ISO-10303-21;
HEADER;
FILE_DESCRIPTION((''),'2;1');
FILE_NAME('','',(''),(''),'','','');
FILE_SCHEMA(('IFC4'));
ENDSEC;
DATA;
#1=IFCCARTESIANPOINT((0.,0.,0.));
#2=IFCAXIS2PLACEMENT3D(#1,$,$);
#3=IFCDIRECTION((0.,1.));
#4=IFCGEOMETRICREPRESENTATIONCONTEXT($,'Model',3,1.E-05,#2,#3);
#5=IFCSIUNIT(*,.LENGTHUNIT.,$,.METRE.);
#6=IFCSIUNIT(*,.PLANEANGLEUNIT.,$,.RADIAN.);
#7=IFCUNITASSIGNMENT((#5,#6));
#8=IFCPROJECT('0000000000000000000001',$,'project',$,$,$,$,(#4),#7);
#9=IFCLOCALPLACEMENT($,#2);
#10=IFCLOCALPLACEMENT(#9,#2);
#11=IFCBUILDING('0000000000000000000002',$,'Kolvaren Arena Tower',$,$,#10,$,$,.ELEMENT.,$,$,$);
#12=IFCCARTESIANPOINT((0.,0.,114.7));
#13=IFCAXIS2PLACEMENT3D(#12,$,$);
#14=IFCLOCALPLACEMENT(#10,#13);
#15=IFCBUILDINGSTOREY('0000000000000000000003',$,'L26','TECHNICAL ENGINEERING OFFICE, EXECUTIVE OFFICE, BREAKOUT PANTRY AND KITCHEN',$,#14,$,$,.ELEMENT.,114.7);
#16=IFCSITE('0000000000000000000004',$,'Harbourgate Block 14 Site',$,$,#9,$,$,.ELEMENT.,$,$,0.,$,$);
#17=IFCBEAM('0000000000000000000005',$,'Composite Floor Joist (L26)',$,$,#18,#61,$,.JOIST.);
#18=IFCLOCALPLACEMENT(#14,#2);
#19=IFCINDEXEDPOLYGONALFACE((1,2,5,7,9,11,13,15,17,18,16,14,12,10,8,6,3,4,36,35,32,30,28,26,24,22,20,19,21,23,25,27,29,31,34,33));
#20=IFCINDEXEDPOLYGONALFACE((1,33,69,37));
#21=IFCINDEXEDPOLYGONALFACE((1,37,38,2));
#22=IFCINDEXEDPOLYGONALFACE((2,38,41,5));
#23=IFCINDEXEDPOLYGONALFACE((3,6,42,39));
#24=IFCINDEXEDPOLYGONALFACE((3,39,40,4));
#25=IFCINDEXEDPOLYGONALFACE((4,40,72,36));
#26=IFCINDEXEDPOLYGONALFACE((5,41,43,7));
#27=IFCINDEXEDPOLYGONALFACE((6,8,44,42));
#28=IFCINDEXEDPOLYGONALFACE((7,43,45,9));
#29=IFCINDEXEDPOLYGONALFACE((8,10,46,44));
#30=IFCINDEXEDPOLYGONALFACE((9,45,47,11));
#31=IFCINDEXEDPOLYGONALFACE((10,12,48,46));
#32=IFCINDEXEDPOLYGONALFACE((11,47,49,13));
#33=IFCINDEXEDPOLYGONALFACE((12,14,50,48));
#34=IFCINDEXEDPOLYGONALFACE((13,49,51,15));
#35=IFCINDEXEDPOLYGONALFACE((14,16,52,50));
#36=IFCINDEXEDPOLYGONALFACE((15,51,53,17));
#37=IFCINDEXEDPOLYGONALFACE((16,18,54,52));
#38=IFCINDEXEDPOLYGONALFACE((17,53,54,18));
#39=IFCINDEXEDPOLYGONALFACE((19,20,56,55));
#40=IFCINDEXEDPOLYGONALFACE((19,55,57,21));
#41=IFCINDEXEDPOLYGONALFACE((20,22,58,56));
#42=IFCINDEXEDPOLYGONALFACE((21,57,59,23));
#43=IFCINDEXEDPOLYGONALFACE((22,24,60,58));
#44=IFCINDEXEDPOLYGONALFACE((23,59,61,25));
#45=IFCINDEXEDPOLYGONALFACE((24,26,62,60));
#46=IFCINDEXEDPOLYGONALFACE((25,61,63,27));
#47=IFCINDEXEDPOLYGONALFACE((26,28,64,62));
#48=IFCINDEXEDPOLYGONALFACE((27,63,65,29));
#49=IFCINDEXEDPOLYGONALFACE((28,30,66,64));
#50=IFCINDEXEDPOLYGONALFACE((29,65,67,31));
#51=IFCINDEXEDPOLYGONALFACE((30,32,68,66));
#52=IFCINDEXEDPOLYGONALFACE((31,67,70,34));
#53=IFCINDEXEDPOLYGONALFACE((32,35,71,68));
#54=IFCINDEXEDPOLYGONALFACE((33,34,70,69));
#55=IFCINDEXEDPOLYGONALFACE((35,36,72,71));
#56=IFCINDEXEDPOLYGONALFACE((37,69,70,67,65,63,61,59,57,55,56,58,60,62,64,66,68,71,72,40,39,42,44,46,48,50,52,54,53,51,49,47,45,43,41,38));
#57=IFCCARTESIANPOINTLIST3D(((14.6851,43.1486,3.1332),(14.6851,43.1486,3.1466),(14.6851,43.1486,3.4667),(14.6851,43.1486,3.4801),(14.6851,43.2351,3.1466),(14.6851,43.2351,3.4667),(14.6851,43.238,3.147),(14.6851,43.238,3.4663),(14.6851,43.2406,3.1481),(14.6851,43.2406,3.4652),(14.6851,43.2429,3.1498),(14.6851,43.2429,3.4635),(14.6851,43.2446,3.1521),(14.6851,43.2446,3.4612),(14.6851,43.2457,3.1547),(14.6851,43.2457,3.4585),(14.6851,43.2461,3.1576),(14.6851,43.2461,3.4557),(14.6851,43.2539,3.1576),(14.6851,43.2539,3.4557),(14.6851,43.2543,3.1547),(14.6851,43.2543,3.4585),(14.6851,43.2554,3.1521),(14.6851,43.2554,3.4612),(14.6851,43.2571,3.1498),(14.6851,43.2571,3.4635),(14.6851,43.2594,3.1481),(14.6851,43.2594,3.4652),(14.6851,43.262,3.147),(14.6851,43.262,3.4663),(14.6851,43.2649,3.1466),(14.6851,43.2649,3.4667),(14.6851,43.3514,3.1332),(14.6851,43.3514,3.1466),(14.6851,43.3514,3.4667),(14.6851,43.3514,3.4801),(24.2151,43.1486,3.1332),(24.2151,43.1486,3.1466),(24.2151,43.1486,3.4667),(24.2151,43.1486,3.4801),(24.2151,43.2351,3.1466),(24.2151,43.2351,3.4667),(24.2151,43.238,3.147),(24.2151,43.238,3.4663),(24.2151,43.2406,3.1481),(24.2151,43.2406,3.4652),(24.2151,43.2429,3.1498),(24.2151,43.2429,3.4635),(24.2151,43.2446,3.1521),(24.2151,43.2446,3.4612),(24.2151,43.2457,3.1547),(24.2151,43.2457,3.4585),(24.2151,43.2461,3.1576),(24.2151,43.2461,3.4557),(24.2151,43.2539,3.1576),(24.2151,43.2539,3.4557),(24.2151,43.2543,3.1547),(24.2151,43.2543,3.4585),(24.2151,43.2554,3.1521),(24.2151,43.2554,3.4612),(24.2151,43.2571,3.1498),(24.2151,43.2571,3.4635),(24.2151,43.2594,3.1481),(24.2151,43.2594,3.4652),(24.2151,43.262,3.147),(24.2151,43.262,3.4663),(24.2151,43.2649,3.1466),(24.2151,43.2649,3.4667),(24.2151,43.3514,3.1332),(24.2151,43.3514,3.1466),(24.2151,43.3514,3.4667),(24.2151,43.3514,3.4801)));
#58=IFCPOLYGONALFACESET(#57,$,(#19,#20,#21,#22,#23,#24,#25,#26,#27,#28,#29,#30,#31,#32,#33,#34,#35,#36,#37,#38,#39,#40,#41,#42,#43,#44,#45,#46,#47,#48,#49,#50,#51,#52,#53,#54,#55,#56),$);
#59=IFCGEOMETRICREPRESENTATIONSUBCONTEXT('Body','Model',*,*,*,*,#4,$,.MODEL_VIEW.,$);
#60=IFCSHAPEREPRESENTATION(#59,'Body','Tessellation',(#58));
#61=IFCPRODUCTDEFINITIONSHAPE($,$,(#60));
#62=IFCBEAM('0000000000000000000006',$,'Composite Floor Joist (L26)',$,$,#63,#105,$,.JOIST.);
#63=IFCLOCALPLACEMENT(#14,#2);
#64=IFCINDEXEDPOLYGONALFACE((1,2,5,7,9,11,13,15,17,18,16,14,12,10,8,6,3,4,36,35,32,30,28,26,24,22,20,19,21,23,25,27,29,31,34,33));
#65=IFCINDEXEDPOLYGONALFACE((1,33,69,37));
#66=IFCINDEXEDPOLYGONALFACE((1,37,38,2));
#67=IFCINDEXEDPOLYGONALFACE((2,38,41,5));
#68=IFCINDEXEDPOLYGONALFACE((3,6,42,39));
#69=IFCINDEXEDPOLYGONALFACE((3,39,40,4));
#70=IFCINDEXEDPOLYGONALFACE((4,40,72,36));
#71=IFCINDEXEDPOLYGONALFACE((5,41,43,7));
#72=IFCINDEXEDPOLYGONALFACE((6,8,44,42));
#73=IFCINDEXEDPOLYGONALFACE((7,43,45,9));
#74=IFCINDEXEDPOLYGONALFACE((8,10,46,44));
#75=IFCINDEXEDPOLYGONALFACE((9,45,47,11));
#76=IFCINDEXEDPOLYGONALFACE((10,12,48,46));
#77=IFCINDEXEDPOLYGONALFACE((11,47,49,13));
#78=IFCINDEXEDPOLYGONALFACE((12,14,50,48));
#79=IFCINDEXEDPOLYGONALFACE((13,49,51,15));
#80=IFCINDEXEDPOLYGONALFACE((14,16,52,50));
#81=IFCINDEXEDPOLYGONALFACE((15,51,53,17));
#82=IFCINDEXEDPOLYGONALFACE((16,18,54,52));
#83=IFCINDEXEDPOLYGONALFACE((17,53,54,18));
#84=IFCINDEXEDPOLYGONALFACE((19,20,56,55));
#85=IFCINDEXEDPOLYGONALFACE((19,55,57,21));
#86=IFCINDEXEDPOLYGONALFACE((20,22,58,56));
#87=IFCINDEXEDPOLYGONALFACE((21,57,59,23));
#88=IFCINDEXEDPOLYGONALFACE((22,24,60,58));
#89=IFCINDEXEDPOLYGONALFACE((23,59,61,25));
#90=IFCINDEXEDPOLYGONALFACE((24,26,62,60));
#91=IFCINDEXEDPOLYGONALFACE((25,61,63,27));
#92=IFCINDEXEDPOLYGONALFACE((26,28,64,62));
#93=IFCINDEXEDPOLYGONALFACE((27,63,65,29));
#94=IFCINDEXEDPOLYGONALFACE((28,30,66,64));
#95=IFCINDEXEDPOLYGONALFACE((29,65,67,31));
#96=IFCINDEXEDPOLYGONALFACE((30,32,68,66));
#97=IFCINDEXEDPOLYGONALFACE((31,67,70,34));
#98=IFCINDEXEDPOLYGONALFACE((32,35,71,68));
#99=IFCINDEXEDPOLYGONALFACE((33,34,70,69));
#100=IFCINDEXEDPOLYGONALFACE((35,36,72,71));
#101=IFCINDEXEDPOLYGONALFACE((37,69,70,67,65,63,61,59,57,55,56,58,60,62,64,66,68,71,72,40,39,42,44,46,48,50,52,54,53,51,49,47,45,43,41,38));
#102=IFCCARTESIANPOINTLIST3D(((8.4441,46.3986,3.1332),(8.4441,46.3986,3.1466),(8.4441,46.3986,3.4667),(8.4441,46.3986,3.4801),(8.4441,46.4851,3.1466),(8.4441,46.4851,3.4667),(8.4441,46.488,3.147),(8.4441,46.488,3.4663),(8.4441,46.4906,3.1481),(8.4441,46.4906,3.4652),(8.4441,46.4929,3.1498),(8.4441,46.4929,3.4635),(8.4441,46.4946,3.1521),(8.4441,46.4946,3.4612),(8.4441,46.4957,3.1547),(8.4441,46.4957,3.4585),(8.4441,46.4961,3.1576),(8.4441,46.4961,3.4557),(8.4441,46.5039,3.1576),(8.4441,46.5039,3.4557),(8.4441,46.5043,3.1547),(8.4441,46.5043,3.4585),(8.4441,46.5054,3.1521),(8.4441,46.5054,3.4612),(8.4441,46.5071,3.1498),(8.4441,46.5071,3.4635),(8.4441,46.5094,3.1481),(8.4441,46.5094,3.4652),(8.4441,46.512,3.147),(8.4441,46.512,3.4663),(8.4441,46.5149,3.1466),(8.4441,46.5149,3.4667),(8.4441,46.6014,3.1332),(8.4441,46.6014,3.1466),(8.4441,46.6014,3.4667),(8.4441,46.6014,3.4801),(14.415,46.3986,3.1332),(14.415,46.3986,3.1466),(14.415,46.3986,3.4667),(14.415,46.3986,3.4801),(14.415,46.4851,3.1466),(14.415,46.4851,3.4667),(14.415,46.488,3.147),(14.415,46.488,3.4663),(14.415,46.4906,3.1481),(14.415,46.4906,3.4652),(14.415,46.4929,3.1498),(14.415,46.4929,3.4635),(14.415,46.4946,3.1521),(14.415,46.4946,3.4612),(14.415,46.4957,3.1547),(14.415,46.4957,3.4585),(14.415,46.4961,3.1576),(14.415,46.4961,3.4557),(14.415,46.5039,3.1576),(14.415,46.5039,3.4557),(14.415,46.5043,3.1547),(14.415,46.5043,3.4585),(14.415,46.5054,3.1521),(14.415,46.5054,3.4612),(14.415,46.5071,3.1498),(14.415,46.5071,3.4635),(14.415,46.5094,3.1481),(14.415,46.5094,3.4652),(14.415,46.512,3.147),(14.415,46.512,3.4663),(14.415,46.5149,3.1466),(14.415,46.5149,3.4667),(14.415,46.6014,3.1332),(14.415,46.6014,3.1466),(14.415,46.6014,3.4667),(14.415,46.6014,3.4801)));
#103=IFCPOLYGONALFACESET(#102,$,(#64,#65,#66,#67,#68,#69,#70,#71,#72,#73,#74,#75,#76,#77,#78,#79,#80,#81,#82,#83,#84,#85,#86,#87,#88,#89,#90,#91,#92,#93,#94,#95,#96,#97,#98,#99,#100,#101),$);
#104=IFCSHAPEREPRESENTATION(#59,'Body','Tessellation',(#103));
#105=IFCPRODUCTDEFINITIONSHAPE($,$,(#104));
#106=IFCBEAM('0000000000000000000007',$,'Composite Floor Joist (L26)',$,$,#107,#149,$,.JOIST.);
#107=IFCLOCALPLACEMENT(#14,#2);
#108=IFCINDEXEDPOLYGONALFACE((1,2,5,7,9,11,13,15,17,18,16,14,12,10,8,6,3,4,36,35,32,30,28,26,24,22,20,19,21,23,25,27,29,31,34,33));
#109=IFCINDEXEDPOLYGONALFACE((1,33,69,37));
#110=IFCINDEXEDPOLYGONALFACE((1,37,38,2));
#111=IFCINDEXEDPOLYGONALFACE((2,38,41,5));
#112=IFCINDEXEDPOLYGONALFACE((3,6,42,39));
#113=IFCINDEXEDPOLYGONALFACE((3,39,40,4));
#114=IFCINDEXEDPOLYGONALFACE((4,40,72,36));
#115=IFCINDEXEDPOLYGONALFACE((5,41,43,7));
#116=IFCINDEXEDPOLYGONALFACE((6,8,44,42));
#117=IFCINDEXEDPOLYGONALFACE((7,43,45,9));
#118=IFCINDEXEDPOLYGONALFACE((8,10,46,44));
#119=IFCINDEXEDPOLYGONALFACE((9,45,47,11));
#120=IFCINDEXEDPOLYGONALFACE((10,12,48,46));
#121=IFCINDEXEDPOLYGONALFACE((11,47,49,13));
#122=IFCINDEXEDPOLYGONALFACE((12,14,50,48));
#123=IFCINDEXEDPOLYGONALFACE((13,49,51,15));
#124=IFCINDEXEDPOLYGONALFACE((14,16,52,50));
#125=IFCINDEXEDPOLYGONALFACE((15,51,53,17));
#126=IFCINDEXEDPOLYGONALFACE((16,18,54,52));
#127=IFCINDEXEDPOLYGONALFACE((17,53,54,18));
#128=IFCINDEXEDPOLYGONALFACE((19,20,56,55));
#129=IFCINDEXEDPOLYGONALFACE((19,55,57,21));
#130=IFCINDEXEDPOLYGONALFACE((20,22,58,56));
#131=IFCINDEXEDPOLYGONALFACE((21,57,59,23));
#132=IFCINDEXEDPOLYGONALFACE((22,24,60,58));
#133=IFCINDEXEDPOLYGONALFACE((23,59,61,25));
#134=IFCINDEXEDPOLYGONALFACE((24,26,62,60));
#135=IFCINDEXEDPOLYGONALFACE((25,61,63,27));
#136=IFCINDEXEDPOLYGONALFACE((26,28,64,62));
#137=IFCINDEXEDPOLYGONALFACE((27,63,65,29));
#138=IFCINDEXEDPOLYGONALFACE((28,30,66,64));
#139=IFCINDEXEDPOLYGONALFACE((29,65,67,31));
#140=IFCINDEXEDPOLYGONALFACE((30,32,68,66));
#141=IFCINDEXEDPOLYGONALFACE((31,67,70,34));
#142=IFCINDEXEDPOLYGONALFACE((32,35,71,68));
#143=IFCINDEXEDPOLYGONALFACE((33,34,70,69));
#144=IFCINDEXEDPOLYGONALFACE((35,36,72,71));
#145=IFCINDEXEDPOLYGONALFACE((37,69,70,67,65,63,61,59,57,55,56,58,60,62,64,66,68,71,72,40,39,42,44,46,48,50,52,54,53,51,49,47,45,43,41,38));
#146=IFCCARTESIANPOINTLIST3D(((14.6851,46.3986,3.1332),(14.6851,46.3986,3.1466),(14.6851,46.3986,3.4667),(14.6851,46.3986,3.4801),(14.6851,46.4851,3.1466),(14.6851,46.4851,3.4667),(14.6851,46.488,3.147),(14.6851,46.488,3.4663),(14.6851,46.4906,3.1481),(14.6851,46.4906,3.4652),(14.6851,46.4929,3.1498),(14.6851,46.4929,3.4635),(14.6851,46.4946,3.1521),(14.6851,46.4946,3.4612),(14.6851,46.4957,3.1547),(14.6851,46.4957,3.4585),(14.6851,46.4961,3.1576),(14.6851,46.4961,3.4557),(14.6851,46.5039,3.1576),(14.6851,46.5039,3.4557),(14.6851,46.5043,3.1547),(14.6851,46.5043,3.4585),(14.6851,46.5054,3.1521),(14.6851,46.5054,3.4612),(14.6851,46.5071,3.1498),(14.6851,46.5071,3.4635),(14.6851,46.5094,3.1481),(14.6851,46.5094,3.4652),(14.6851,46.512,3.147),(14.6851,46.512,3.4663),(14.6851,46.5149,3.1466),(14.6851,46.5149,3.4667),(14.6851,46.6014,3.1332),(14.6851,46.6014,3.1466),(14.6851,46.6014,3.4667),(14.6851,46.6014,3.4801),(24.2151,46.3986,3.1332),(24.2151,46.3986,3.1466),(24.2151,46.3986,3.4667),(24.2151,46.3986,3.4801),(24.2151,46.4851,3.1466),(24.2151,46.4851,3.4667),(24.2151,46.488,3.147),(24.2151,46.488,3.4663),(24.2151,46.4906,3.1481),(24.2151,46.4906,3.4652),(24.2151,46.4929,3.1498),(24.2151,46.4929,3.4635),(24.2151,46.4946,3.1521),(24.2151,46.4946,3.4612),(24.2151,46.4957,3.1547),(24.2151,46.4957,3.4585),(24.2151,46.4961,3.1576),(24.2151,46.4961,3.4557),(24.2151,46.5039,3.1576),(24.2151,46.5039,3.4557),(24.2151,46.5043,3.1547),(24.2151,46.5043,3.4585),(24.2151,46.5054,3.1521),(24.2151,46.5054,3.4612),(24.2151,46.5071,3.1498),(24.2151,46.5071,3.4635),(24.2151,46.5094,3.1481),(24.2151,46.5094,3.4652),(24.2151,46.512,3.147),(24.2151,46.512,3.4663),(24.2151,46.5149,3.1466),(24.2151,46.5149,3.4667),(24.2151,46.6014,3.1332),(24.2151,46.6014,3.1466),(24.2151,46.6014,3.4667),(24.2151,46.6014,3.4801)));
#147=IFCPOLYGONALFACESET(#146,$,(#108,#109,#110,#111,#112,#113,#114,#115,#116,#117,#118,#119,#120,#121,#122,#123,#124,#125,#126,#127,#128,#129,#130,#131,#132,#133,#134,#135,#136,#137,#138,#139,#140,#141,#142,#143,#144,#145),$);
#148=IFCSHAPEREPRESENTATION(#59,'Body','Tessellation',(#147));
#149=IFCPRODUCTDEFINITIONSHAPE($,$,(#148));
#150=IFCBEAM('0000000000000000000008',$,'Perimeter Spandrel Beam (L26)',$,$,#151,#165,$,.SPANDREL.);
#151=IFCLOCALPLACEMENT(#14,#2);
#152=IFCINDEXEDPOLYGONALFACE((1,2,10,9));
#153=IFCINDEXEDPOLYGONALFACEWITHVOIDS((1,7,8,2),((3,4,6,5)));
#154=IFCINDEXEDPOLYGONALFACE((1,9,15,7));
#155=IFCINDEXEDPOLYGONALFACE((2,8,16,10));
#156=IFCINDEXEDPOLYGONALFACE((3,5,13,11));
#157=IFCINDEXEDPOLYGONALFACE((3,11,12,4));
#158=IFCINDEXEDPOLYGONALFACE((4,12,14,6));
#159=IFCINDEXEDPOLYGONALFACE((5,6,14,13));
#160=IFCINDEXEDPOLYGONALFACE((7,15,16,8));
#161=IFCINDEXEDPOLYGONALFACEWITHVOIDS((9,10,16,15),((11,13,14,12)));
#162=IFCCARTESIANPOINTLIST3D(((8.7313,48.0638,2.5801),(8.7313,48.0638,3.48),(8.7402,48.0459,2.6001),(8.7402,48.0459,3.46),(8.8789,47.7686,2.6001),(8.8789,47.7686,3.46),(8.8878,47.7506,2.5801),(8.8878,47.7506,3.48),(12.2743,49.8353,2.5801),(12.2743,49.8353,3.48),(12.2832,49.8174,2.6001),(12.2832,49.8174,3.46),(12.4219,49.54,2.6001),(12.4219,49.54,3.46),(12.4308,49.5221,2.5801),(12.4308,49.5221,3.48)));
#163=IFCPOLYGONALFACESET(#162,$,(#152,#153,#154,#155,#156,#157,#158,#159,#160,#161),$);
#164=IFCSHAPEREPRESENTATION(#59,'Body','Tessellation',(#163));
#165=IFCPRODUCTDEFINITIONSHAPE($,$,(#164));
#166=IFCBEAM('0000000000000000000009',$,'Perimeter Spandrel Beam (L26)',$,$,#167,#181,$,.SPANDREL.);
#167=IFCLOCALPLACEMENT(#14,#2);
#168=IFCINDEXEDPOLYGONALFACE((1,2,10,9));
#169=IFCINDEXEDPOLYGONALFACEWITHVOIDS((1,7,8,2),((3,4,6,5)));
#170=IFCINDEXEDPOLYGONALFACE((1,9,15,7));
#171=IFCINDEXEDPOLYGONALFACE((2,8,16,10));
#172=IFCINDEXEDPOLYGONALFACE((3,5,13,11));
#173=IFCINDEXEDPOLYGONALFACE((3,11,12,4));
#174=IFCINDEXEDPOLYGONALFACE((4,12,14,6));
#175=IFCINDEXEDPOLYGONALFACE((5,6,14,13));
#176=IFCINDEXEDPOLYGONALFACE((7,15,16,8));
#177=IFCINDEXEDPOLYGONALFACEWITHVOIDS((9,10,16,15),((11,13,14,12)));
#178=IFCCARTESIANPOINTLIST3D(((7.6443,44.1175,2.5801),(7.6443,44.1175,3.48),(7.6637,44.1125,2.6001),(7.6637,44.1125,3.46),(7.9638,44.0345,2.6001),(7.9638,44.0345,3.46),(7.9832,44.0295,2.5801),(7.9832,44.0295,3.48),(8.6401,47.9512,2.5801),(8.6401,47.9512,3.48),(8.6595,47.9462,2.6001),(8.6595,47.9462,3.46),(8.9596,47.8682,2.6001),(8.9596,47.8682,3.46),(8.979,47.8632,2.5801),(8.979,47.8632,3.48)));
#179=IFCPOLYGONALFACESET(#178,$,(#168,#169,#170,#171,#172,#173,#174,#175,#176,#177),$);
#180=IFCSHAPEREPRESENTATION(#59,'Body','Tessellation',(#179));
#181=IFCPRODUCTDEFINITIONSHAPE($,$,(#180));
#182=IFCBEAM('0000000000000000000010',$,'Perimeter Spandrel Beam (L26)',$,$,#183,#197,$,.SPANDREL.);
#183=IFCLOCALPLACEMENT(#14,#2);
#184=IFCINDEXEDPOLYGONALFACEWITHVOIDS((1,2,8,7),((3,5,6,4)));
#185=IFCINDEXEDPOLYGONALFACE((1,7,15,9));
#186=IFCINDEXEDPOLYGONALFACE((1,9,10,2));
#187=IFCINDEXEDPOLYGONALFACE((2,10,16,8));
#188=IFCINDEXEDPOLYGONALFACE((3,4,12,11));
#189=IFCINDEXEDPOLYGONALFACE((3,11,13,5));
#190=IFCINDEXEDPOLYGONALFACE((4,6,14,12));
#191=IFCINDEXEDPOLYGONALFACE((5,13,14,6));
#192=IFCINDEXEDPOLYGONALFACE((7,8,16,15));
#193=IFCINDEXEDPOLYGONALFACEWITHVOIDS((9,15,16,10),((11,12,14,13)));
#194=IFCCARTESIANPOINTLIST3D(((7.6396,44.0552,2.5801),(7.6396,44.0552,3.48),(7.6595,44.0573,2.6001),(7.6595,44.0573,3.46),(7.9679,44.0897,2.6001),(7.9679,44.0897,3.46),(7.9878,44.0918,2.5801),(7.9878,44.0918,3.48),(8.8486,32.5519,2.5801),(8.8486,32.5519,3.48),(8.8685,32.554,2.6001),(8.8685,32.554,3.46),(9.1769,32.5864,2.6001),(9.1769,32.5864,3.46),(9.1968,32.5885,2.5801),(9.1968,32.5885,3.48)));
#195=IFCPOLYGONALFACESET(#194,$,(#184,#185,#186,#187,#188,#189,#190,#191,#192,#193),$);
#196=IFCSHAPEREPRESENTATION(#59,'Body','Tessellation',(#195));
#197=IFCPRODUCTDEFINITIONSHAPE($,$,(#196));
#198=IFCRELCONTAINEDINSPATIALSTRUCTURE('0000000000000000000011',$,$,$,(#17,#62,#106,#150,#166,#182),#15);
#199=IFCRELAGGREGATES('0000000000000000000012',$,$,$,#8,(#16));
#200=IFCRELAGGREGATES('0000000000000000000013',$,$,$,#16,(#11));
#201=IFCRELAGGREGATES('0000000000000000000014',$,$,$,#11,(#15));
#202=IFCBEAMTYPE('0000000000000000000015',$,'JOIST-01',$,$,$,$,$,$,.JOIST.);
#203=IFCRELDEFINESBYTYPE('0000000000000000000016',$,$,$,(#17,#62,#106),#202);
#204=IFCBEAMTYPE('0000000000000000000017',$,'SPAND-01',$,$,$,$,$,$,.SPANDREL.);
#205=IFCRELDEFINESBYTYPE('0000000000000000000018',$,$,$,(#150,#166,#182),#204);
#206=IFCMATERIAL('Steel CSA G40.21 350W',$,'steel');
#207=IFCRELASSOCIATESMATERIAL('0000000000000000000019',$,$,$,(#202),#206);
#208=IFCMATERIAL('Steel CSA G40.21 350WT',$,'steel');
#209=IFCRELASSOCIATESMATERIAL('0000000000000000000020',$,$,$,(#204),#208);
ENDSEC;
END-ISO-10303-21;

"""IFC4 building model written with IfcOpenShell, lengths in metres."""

from ifc_helpers import new_model, si_unit, direction, frame, origin, origin_2d, place, context, subcontext, project, spatial, hollow_rectangle, i_section, extrude, material, material_profile, profile_set, type_object, element, save


model = new_model("IFC4")

# Units and contexts
model_context = context("Model", 3, precision=1e-05, world=origin(), true_north=direction((0.0, 1.0)))
body_context = subcontext(model_context, "Body", "Model", "MODEL_VIEW")
ifc_project = project(units=[si_unit("LENGTHUNIT", "METRE"), si_unit("PLANEANGLEUNIT", "RADIAN")], contexts=[model_context])

# Site, building, storey
site_placement = place(None, origin())
site = spatial("IfcSite", under=ifc_project, at=site_placement, Name="Harbourgate Block 14 Site", CompositionType="ELEMENT", RefElevation=0.0)
building_placement = place(site_placement, origin())
building = spatial("IfcBuilding", under=site, at=building_placement, Name="Kolvaren Arena Tower", CompositionType="ELEMENT")
storey_placement = place(building_placement, frame((0.0, 0.0, 114.7)))
storey = spatial("IfcBuildingStorey", under=building, at=storey_placement, Name="L26", Description="TECHNICAL ENGINEERING OFFICE, EXECUTIVE OFFICE, BREAKOUT PANTRY AND KITCHEN", CompositionType="ELEMENT", Elevation=114.7)

# Beams
ifc_material_1 = material(Name="Steel CSA G40.21 350W", Category="steel")
ifc_material_profile_1 = material_profile(ifc_material_1, i_section(OverallWidth=0.2029, OverallDepth=0.3469, WebThickness=0.0078, FlangeThickness=0.0134, FilletRadius=0.011, at=origin_2d()), Name="W360x64")
ifc_profile_set_1 = profile_set([ifc_material_profile_1], Name="Steel CSA G40.21 350W")
beam_type_1 = type_object("IfcBeamType", Name="JOIST-01", PredefinedType="JOIST", material=ifc_profile_set_1)
beam_1_placement = place(storey_placement, frame((14.6851, 43.25, 3.3066), z_axis=(1.0, 0.0, 0.0), x_axis=(0.0, 1.0, 0.0)))
element("IfcBeam", 1, at=beam_1_placement, inside=storey, type_object=beam_type_1, Name="Composite Floor Joist (L26)", PredefinedType="JOIST", context=body_context, shape_type="SweptSolid", body=[
    extrude(i_section(OverallWidth=0.2029, OverallDepth=0.3469, WebThickness=0.0078, FlangeThickness=0.0134, FilletRadius=0.011, at=origin_2d()), origin(), (0.0, 0.0, 1.0), 9.53),
])
beam_2_placement = place(storey_placement, frame((8.4441, 46.5, 3.3066), z_axis=(1.0, 0.0, 0.0), x_axis=(0.0, 1.0, 0.0)))
element("IfcBeam", 2, at=beam_2_placement, inside=storey, type_object=beam_type_1, Name="Composite Floor Joist (L26)", PredefinedType="JOIST", context=body_context, shape_type="SweptSolid", body=[
    extrude(i_section(OverallWidth=0.2029, OverallDepth=0.3469, WebThickness=0.0078, FlangeThickness=0.0134, FilletRadius=0.011, at=origin_2d()), origin(), (0.0, 0.0, 1.0), 5.9709),
])
beam_3_placement = place(storey_placement, frame((14.6851, 46.5, 3.3066), z_axis=(1.0, 0.0, 0.0), x_axis=(0.0, 1.0, 0.0)))
element("IfcBeam", 3, at=beam_3_placement, inside=storey, type_object=beam_type_1, Name="Composite Floor Joist (L26)", PredefinedType="JOIST", context=body_context, shape_type="SweptSolid", body=[
    extrude(i_section(OverallWidth=0.2029, OverallDepth=0.3469, WebThickness=0.0078, FlangeThickness=0.0134, FilletRadius=0.011, at=origin_2d()), origin(), (0.0, 0.0, 1.0), 9.53),
])
ifc_material_2 = material(Name="Steel CSA G40.21 350WT", Category="steel")
ifc_material_profile_2 = material_profile(ifc_material_2, hollow_rectangle(XDim=0.3501, YDim=0.8999, WallThickness=0.02, at=origin_2d()), Name="HSS 900x350x20")
ifc_profile_set_2 = profile_set([ifc_material_profile_2], Name="Steel CSA G40.21 350WT")
beam_type_2 = type_object("IfcBeamType", Name="SPAND-01", PredefinedType="SPANDREL", material=ifc_profile_set_2)
beam_4_placement = place(storey_placement, frame((12.3525, 49.6787, 3.03), z_axis=(-0.894427, -0.447214, 0.0), x_axis=(0.447214, -0.894427, 0.0)))
element("IfcBeam", 4, at=beam_4_placement, inside=storey, type_object=beam_type_2, Name="Perimeter Spandrel Beam (L26)", PredefinedType="SPANDREL", context=body_context, shape_type="SweptSolid", body=[
    extrude(hollow_rectangle(XDim=0.3501, YDim=0.8999, WallThickness=0.02, at=origin_2d()), origin(), (0.0, 0.0, 1.0), 3.9612),
])
beam_5_placement = place(storey_placement, frame((8.8096, 47.9072, 3.03), z_axis=(-0.251416, -0.967879, 0.0), x_axis=(0.967879, -0.251416, 0.0)))
element("IfcBeam", 5, at=beam_5_placement, inside=storey, type_object=beam_type_2, Name="Perimeter Spandrel Beam (L26)", PredefinedType="SPANDREL", context=body_context, shape_type="SweptSolid", body=[
    extrude(hollow_rectangle(XDim=0.3501, YDim=0.8999, WallThickness=0.02, at=origin_2d()), origin(), (0.0, 0.0, 1.0), 3.9609),
])
beam_6_placement = place(storey_placement, frame((7.8137, 44.0735, 3.03), z_axis=(0.104524, -0.994522, 0.0), x_axis=(0.994522, 0.104524, 0.0)))
element("IfcBeam", 6, at=beam_6_placement, inside=storey, type_object=beam_type_2, Name="Perimeter Spandrel Beam (L26)", PredefinedType="SPANDREL", context=body_context, shape_type="SweptSolid", body=[
    extrude(hollow_rectangle(XDim=0.3501, YDim=0.8999, WallThickness=0.02, at=origin_2d()), origin(), (0.0, 0.0, 1.0), 11.5667),
])

save(model, "model.ifc")
